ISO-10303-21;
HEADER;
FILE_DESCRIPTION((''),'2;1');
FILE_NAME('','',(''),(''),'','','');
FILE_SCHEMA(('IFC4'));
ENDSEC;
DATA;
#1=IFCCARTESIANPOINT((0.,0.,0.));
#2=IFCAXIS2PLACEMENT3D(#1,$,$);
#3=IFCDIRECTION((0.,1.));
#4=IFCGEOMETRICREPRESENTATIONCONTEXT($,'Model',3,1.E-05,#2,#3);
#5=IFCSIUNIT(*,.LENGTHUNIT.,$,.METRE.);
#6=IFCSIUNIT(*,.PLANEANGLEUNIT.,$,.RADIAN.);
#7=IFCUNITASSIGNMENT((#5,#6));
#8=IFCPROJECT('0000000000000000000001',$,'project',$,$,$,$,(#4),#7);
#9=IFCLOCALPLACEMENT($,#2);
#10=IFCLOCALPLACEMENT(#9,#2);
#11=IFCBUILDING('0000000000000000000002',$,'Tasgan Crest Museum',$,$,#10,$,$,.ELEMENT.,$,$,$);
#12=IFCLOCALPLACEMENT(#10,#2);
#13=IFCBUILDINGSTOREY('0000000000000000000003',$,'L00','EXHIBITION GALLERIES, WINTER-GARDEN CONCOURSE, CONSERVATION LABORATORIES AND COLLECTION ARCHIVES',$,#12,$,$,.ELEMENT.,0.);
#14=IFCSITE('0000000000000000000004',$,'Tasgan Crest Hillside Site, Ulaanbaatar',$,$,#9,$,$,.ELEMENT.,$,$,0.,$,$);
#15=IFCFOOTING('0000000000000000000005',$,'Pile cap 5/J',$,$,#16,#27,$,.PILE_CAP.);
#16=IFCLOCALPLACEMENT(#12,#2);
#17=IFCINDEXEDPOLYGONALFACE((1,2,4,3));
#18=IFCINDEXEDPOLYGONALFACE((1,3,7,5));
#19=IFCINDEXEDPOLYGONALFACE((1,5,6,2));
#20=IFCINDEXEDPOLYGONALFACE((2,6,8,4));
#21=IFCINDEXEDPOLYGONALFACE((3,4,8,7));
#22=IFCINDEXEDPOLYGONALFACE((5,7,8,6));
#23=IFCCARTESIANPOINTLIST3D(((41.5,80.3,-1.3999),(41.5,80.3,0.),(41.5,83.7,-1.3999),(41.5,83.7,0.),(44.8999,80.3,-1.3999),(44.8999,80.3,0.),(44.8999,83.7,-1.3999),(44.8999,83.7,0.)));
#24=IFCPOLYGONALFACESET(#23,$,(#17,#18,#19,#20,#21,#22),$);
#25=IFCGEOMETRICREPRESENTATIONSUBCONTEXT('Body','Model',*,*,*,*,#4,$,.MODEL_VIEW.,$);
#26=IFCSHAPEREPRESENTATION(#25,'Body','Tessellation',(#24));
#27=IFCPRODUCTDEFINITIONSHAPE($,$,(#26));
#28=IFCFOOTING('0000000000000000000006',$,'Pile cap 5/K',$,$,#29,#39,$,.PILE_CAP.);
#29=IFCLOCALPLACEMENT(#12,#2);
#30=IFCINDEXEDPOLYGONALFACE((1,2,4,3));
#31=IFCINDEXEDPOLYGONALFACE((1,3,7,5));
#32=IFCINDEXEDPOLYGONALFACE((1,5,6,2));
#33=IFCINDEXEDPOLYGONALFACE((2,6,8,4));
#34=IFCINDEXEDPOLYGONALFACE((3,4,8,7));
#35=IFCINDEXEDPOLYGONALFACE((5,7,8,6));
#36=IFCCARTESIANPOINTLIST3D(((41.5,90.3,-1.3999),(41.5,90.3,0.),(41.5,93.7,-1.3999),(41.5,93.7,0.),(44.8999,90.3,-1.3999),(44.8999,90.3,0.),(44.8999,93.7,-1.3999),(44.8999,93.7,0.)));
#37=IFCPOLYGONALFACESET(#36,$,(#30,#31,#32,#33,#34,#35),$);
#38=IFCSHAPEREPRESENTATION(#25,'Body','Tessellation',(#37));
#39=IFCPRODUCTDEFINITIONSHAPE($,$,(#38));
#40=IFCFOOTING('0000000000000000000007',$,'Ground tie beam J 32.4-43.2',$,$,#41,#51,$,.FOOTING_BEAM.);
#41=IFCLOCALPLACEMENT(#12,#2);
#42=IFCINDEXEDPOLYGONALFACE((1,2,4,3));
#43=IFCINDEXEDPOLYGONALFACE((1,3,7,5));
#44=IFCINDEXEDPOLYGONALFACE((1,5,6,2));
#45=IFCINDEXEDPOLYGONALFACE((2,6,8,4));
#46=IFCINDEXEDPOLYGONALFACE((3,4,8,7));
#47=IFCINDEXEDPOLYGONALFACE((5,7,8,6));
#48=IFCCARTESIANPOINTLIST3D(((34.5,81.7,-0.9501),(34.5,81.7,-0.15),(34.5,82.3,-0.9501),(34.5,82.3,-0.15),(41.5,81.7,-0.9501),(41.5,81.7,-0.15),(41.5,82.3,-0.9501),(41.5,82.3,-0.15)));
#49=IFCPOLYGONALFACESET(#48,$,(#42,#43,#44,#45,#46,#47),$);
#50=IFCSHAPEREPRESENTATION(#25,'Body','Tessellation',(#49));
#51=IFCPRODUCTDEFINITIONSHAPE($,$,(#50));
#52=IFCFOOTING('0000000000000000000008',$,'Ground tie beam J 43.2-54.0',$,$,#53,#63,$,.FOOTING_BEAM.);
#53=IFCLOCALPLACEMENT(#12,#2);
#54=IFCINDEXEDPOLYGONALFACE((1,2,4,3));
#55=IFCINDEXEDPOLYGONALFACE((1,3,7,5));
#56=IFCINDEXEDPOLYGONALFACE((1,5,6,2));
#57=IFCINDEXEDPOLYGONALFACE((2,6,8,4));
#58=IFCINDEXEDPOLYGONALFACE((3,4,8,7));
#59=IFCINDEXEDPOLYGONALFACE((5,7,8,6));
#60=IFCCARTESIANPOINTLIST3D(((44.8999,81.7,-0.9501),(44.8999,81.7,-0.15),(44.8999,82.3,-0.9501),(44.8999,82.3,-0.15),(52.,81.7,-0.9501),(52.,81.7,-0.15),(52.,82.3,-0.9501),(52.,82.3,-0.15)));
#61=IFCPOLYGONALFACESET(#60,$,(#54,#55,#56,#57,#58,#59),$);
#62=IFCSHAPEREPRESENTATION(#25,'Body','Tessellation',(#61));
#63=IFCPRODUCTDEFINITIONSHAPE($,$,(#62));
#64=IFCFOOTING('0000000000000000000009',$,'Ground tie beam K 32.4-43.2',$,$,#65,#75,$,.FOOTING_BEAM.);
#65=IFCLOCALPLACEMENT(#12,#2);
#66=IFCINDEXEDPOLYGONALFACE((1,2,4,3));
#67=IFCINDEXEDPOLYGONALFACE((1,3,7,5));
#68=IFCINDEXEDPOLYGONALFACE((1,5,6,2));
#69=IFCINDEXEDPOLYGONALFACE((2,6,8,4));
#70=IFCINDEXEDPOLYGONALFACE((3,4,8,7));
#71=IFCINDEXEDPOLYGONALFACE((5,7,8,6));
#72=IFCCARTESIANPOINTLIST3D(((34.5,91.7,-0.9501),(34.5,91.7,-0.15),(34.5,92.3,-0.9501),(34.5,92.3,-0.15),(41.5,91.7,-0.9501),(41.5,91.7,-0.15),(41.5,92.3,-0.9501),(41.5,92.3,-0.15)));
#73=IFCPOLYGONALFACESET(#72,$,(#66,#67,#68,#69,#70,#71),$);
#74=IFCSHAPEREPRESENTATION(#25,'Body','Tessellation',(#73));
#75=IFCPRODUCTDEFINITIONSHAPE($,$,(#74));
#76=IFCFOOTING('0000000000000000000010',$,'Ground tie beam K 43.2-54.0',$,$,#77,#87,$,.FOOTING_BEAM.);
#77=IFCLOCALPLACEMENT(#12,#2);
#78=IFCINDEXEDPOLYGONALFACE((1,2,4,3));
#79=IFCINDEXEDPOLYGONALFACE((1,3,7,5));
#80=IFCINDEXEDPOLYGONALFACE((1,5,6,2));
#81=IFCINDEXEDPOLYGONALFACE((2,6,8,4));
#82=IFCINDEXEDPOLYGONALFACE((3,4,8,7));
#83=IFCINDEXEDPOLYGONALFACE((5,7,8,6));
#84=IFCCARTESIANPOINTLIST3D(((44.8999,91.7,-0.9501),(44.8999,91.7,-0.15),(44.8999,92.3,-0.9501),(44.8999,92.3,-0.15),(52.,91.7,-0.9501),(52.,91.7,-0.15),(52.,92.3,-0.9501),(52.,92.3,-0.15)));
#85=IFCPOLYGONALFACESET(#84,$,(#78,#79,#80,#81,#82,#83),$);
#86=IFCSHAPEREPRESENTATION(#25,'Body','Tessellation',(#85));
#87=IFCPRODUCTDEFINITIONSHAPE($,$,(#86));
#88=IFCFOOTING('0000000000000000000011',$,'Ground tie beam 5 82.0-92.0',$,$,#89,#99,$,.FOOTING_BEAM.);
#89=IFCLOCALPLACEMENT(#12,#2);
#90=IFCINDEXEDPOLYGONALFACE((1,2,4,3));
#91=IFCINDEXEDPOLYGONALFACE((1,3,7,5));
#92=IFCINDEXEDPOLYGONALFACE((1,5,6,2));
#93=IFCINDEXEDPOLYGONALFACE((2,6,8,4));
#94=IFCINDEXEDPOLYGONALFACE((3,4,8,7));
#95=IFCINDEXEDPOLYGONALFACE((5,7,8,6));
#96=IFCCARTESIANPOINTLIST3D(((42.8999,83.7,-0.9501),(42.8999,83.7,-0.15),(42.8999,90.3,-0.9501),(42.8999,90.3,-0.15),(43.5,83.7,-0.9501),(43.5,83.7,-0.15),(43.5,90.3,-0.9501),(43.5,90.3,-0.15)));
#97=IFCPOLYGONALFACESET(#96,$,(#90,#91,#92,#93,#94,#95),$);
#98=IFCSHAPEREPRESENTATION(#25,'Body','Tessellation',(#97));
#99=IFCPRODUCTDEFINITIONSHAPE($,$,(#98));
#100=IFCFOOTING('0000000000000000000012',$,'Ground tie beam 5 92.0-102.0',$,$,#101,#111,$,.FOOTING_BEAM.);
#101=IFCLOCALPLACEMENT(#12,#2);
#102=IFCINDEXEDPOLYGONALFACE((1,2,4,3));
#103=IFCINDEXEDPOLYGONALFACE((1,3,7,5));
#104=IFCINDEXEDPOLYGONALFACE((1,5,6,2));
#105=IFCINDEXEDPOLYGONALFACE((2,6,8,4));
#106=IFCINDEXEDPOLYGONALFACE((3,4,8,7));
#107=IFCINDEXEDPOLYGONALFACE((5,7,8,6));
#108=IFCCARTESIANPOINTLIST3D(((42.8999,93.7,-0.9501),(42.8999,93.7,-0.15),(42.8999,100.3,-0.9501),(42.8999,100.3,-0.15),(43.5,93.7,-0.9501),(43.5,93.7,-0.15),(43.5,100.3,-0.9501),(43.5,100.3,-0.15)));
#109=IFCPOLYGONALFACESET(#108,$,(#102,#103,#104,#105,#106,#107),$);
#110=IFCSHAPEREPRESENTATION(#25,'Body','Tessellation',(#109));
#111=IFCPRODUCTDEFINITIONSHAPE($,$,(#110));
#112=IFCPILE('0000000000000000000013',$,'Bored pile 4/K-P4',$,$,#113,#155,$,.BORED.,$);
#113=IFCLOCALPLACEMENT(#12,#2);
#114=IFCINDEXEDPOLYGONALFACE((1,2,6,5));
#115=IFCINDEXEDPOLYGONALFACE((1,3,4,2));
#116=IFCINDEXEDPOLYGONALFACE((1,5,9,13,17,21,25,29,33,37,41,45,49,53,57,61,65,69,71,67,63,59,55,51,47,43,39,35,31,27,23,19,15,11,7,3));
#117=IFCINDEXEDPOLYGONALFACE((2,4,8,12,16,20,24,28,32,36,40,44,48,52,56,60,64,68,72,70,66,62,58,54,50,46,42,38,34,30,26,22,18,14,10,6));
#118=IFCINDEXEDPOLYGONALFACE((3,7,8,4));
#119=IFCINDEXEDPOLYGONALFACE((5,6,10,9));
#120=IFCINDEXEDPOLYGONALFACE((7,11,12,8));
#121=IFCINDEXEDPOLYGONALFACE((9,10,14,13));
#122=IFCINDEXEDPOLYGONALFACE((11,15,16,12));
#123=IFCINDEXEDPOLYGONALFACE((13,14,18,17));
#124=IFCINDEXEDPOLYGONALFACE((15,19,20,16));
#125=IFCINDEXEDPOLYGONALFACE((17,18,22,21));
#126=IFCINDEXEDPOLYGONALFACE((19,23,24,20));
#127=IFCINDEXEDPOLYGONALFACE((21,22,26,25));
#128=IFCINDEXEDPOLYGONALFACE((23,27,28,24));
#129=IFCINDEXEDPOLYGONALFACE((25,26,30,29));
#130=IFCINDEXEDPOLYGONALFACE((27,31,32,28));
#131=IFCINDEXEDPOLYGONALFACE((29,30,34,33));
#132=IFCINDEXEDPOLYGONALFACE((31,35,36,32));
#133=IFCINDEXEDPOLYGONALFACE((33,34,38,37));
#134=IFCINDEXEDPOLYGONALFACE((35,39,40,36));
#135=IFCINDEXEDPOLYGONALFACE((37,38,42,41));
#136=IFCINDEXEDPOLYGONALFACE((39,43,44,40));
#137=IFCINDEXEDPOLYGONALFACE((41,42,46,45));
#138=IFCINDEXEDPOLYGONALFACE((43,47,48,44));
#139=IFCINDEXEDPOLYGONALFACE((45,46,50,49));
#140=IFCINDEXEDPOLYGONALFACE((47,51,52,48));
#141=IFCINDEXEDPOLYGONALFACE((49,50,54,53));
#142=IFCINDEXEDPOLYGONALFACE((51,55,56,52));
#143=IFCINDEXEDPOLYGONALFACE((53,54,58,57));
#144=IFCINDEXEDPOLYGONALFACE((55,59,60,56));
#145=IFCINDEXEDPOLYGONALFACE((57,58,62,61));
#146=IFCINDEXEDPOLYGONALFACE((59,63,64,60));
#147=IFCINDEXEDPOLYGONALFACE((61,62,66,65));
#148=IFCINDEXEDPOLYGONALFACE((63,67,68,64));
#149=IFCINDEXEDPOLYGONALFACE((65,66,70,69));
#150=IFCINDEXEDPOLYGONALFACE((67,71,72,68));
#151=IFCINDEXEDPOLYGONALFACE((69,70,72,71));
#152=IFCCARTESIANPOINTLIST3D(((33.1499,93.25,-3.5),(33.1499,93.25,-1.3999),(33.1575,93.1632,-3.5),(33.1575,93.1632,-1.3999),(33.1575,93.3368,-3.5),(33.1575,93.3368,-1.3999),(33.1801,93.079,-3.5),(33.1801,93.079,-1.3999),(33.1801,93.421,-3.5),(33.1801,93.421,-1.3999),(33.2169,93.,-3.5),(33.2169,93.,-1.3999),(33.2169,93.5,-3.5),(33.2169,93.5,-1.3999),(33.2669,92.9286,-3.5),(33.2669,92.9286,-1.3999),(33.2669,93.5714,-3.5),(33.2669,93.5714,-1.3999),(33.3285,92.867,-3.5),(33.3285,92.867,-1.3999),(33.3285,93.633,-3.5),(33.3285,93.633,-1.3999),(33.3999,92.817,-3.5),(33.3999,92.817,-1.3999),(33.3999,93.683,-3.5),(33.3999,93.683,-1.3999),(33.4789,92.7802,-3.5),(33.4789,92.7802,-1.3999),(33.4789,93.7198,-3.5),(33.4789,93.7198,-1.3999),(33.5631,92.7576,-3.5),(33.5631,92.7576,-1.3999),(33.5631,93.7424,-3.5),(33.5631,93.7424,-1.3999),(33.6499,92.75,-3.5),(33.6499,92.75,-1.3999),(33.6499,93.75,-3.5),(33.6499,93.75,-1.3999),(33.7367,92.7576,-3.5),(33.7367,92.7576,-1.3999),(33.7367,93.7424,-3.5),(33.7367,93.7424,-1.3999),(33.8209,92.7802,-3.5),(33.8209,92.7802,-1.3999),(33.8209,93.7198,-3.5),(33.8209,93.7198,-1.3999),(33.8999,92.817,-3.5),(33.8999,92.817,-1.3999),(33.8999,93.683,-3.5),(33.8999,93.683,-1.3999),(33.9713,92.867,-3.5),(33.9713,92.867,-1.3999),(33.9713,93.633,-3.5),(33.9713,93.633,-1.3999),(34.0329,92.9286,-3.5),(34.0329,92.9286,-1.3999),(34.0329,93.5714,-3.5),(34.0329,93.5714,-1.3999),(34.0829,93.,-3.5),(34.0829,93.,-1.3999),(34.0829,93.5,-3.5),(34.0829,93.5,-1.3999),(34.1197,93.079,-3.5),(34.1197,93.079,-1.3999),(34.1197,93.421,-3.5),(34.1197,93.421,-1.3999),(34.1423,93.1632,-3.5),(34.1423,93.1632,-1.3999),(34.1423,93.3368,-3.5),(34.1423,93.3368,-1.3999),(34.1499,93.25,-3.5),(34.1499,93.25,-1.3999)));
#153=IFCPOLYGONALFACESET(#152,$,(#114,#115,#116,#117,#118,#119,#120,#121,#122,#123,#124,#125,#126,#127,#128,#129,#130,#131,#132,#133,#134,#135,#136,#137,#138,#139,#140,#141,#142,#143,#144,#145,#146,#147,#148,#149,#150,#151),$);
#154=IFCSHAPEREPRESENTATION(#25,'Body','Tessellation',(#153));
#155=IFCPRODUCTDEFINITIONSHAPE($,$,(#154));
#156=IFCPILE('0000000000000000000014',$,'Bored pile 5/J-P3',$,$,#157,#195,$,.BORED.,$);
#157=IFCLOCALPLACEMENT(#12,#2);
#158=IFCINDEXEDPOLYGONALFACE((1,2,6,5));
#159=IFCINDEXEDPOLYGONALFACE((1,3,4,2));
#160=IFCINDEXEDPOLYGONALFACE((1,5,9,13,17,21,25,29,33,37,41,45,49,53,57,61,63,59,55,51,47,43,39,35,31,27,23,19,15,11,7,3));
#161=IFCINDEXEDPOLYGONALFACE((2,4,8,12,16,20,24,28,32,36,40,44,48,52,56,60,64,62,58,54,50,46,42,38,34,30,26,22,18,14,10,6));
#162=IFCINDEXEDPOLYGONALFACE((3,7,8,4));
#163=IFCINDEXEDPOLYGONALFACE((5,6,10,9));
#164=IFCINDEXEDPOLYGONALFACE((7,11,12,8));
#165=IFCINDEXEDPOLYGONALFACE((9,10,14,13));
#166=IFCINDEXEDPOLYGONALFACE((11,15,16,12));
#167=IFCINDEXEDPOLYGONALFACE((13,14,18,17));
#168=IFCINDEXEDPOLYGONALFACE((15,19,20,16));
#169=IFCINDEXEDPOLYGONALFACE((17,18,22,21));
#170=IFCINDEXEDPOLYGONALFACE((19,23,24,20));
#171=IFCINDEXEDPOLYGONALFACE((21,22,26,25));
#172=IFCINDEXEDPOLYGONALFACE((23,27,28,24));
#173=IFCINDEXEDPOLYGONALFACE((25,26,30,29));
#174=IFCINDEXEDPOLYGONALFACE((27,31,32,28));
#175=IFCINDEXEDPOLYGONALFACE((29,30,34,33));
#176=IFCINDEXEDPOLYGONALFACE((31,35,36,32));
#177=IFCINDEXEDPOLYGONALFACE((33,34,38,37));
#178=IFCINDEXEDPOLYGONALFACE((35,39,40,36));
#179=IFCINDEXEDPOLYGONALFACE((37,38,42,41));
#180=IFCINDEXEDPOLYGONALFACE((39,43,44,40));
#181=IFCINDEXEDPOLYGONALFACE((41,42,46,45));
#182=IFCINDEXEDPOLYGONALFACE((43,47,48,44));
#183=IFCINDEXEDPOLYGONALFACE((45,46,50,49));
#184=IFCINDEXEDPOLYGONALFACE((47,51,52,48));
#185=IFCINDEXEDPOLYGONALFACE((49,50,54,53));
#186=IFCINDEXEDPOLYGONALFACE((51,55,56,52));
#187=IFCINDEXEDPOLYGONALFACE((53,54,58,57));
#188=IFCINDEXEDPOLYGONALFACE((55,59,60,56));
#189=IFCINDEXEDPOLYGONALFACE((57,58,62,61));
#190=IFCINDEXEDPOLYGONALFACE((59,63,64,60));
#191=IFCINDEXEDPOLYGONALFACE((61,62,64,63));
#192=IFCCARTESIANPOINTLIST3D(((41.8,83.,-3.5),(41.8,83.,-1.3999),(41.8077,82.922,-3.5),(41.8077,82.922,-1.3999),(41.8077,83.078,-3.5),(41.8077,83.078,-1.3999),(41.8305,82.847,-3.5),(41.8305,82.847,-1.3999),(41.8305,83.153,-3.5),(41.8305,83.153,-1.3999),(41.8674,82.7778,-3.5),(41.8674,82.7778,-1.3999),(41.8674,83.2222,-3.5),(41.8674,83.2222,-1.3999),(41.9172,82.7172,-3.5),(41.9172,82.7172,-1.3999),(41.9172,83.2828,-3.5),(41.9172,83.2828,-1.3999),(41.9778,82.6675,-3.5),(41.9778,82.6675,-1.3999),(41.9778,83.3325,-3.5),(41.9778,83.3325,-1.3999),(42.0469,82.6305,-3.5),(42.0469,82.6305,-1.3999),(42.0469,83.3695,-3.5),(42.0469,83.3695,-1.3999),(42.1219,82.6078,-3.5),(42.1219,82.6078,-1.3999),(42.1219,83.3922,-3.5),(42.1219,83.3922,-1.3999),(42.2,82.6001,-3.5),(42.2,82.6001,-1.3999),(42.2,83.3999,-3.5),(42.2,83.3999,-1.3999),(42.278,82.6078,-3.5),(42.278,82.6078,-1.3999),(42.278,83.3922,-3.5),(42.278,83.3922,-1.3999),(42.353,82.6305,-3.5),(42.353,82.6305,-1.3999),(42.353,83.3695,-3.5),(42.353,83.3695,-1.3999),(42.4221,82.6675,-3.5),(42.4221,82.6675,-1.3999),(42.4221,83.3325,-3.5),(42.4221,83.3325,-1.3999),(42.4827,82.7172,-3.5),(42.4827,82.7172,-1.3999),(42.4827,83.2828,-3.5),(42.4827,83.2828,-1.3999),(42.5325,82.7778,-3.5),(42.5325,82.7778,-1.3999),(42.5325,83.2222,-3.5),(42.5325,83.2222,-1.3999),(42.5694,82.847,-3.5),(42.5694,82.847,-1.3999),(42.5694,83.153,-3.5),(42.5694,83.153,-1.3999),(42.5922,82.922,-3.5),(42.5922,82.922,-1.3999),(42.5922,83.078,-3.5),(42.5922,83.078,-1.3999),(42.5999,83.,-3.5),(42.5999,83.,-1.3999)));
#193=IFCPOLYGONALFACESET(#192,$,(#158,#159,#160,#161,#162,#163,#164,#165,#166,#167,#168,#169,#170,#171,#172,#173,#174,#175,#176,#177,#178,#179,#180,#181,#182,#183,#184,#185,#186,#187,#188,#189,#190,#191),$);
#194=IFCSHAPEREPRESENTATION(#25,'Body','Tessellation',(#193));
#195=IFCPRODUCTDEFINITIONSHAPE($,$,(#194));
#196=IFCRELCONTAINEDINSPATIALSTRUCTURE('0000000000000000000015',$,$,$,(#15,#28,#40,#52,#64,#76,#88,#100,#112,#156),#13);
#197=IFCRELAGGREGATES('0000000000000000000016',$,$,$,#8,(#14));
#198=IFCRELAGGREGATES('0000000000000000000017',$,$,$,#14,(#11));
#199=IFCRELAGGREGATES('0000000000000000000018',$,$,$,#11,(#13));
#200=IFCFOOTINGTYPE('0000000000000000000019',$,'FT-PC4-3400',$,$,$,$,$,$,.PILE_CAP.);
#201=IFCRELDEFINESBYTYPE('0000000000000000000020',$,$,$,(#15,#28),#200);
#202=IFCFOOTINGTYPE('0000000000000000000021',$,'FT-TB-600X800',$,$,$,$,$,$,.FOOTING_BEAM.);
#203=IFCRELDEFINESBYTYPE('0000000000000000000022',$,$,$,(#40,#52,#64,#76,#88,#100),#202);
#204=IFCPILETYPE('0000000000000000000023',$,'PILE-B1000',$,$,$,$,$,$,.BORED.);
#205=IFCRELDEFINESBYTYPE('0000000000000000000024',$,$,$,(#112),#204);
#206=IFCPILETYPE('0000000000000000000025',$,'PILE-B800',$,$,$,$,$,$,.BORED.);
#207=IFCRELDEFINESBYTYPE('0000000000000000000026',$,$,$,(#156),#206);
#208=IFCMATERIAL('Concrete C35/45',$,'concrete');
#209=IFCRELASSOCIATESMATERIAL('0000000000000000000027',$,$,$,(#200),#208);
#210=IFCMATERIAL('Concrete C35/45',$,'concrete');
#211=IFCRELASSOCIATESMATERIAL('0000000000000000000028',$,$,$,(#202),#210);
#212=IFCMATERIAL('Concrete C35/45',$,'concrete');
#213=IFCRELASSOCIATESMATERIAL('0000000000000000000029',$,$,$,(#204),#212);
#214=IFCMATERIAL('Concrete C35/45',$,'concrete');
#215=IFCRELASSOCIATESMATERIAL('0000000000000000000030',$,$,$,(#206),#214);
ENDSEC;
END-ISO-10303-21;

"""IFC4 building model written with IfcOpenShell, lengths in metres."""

from ifc_helpers import new_model, si_unit, direction, frame, origin, origin_2d, place, context, subcontext, project, spatial, rectangle, circle, extrude, material, material_profile, profile_set, type_object, element, save


model = new_model("IFC4")

# Units and contexts
model_context = context("Model", 3, precision=1e-05, world=origin(), true_north=direction((0.0, 1.0)))
body_context = subcontext(model_context, "Body", "Model", "MODEL_VIEW")
ifc_project = project(units=[si_unit("LENGTHUNIT", "METRE"), si_unit("PLANEANGLEUNIT", "RADIAN")], contexts=[model_context])

# Site, building, storey
site_placement = place(None, origin())
site = spatial("IfcSite", under=ifc_project, at=site_placement, Name="Tasgan Crest Hillside Site, Ulaanbaatar", CompositionType="ELEMENT", RefElevation=0.0)
building_placement = place(site_placement, origin())
building = spatial("IfcBuilding", under=site, at=building_placement, Name="Tasgan Crest Museum", CompositionType="ELEMENT")
storey_placement = place(building_placement, origin())
storey = spatial("IfcBuildingStorey", under=building, at=storey_placement, Name="L00", Description="EXHIBITION GALLERIES, WINTER-GARDEN CONCOURSE, CONSERVATION LABORATORIES AND COLLECTION ARCHIVES", CompositionType="ELEMENT", Elevation=0.0)

# Footings
ifc_material_1 = material(Name="Concrete C35/45", Category="concrete")
footing_type_1 = type_object("IfcFootingType", Name="FT-PC4-3400", PredefinedType="PILE_CAP", material=ifc_material_1)
for number, where, z_axis, x_axis, name in (
    (1, (43.2, 82.0, -1.3999), (0.0, 0.0, 1.0), (1.0, 0.0, 0.0), "Pile cap 5/J"),
    (2, (43.2, 92.0, -1.3999), (0.0, 0.0, 1.0), (1.0, 0.0, 0.0), "Pile cap 5/K"),
):
    element("IfcFooting", number, at=place(storey_placement, frame(where, z_axis=z_axis, x_axis=x_axis)), inside=storey, type_object=footing_type_1, Name=name, PredefinedType="PILE_CAP", context=body_context, shape_type="SweptSolid", body=[
        extrude(rectangle(XDim=3.3999, YDim=3.3999, at=origin_2d()), origin(), (0.0, 0.0, 1.0), 1.3999),
    ])
ifc_material_2 = material(Name="Concrete C35/45", Category="concrete")
ifc_material_profile_1 = material_profile(ifc_material_2, rectangle(XDim=0.6001, YDim=0.8, at=origin_2d()), Name="TB 600x800")
ifc_profile_set_1 = profile_set([ifc_material_profile_1], Name="Concrete C35/45")
footing_type_2 = type_object("IfcFootingType", Name="FT-TB-600X800", PredefinedType="FOOTING_BEAM", material=ifc_profile_set_1)
footing_1_placement = place(storey_placement, frame((34.5, 82.0, -0.55), z_axis=(1.0, 0.0, 0.0), x_axis=(0.0, 1.0, 0.0)))
element("IfcFooting", 3, at=footing_1_placement, inside=storey, type_object=footing_type_2, Name="Ground tie beam J 32.4-43.2", PredefinedType="FOOTING_BEAM", context=body_context, shape_type="SweptSolid", body=[
    extrude(rectangle(XDim=0.6001, YDim=0.8, at=origin_2d()), origin(), (0.0, 0.0, 1.0), 7.0),
])
footing_2_placement = place(storey_placement, frame((44.8999, 82.0, -0.55), z_axis=(1.0, 0.0, 0.0), x_axis=(0.0, 1.0, 0.0)))
element("IfcFooting", 4, at=footing_2_placement, inside=storey, type_object=footing_type_2, Name="Ground tie beam J 43.2-54.0", PredefinedType="FOOTING_BEAM", context=body_context, shape_type="SweptSolid", body=[
    extrude(rectangle(XDim=0.6001, YDim=0.8, at=origin_2d()), origin(), (0.0, 0.0, 1.0), 7.1001),
])
footing_3_placement = place(storey_placement, frame((34.5, 92.0, -0.55), z_axis=(1.0, 0.0, 0.0), x_axis=(0.0, 1.0, 0.0)))
element("IfcFooting", 5, at=footing_3_placement, inside=storey, type_object=footing_type_2, Name="Ground tie beam K 32.4-43.2", PredefinedType="FOOTING_BEAM", context=body_context, shape_type="SweptSolid", body=[
    extrude(rectangle(XDim=0.6001, YDim=0.8, at=origin_2d()), origin(), (0.0, 0.0, 1.0), 7.0),
])
footing_4_placement = place(storey_placement, frame((44.8999, 92.0, -0.55), z_axis=(1.0, 0.0, 0.0), x_axis=(0.0, 1.0, 0.0)))
element("IfcFooting", 6, at=footing_4_placement, inside=storey, type_object=footing_type_2, Name="Ground tie beam K 43.2-54.0", PredefinedType="FOOTING_BEAM", context=body_context, shape_type="SweptSolid", body=[
    extrude(rectangle(XDim=0.6001, YDim=0.8, at=origin_2d()), origin(), (0.0, 0.0, 1.0), 7.1001),
])
for number, where, z_axis, x_axis, name in (
    (7, (43.2, 83.7, -0.55), (0.0, 1.0, 0.0), (-1.0, 0.0, 0.0), "Ground tie beam 5 82.0-92.0"),
    (8, (43.2, 93.7, -0.55), (0.0, 1.0, 0.0), (-1.0, 0.0, 0.0), "Ground tie beam 5 92.0-102.0"),
):
    element("IfcFooting", number, at=place(storey_placement, frame(where, z_axis=z_axis, x_axis=x_axis)), inside=storey, type_object=footing_type_2, Name=name, PredefinedType="FOOTING_BEAM", context=body_context, shape_type="SweptSolid", body=[
        extrude(rectangle(XDim=0.6001, YDim=0.8, at=origin_2d()), origin(), (0.0, 0.0, 1.0), 6.6001),
    ])

# Piles
ifc_material_3 = material(Name="Concrete C35/45", Category="concrete")
ifc_material_profile_2 = material_profile(ifc_material_3, circle(Radius=0.5, at=origin_2d()), Name="PILE D1000")
ifc_profile_set_2 = profile_set([ifc_material_profile_2], Name="Concrete C35/45")
pile_type_1 = type_object("IfcPileType", Name="PILE-B1000", PredefinedType="BORED", material=ifc_profile_set_2)
pile_placement = place(storey_placement, frame((33.6499, 93.25, -1.3999), z_axis=(0.0, 0.0, -1.0), x_axis=(1.0, 0.0, 0.0)))
element("IfcPile", 9, at=pile_placement, inside=storey, type_object=pile_type_1, Name="Bored pile 4/K-P4", PredefinedType="BORED", context=body_context, shape_type="SweptSolid", body=[
    extrude(circle(Radius=0.5, at=origin_2d()), origin(), (0.0, 0.0, 1.0), 2.1001),
])
ifc_material_4 = material(Name="Concrete C35/45", Category="concrete")
ifc_material_profile_3 = material_profile(ifc_material_4, circle(Radius=0.3999, at=origin_2d()), Name="PILE D800")
ifc_profile_set_3 = profile_set([ifc_material_profile_3], Name="Concrete C35/45")
pile_type_2 = type_object("IfcPileType", Name="PILE-B800", PredefinedType="BORED", material=ifc_profile_set_3)
for number, where, z_axis, x_axis, name in (
    (10, (42.2, 83.0, -1.3999), (0.0, 0.0, -1.0), (1.0, 0.0, 0.0), "Bored pile 5/J-P3"),
):
    element("IfcPile", number, at=place(storey_placement, frame(where, z_axis=z_axis, x_axis=x_axis)), inside=storey, type_object=pile_type_2, Name=name, PredefinedType="BORED", context=body_context, shape_type="SweptSolid", body=[
        extrude(circle(Radius=0.3999, at=origin_2d()), origin(), (0.0, 0.0, 1.0), 2.1001),
    ])

save(model, "model.ifc")
